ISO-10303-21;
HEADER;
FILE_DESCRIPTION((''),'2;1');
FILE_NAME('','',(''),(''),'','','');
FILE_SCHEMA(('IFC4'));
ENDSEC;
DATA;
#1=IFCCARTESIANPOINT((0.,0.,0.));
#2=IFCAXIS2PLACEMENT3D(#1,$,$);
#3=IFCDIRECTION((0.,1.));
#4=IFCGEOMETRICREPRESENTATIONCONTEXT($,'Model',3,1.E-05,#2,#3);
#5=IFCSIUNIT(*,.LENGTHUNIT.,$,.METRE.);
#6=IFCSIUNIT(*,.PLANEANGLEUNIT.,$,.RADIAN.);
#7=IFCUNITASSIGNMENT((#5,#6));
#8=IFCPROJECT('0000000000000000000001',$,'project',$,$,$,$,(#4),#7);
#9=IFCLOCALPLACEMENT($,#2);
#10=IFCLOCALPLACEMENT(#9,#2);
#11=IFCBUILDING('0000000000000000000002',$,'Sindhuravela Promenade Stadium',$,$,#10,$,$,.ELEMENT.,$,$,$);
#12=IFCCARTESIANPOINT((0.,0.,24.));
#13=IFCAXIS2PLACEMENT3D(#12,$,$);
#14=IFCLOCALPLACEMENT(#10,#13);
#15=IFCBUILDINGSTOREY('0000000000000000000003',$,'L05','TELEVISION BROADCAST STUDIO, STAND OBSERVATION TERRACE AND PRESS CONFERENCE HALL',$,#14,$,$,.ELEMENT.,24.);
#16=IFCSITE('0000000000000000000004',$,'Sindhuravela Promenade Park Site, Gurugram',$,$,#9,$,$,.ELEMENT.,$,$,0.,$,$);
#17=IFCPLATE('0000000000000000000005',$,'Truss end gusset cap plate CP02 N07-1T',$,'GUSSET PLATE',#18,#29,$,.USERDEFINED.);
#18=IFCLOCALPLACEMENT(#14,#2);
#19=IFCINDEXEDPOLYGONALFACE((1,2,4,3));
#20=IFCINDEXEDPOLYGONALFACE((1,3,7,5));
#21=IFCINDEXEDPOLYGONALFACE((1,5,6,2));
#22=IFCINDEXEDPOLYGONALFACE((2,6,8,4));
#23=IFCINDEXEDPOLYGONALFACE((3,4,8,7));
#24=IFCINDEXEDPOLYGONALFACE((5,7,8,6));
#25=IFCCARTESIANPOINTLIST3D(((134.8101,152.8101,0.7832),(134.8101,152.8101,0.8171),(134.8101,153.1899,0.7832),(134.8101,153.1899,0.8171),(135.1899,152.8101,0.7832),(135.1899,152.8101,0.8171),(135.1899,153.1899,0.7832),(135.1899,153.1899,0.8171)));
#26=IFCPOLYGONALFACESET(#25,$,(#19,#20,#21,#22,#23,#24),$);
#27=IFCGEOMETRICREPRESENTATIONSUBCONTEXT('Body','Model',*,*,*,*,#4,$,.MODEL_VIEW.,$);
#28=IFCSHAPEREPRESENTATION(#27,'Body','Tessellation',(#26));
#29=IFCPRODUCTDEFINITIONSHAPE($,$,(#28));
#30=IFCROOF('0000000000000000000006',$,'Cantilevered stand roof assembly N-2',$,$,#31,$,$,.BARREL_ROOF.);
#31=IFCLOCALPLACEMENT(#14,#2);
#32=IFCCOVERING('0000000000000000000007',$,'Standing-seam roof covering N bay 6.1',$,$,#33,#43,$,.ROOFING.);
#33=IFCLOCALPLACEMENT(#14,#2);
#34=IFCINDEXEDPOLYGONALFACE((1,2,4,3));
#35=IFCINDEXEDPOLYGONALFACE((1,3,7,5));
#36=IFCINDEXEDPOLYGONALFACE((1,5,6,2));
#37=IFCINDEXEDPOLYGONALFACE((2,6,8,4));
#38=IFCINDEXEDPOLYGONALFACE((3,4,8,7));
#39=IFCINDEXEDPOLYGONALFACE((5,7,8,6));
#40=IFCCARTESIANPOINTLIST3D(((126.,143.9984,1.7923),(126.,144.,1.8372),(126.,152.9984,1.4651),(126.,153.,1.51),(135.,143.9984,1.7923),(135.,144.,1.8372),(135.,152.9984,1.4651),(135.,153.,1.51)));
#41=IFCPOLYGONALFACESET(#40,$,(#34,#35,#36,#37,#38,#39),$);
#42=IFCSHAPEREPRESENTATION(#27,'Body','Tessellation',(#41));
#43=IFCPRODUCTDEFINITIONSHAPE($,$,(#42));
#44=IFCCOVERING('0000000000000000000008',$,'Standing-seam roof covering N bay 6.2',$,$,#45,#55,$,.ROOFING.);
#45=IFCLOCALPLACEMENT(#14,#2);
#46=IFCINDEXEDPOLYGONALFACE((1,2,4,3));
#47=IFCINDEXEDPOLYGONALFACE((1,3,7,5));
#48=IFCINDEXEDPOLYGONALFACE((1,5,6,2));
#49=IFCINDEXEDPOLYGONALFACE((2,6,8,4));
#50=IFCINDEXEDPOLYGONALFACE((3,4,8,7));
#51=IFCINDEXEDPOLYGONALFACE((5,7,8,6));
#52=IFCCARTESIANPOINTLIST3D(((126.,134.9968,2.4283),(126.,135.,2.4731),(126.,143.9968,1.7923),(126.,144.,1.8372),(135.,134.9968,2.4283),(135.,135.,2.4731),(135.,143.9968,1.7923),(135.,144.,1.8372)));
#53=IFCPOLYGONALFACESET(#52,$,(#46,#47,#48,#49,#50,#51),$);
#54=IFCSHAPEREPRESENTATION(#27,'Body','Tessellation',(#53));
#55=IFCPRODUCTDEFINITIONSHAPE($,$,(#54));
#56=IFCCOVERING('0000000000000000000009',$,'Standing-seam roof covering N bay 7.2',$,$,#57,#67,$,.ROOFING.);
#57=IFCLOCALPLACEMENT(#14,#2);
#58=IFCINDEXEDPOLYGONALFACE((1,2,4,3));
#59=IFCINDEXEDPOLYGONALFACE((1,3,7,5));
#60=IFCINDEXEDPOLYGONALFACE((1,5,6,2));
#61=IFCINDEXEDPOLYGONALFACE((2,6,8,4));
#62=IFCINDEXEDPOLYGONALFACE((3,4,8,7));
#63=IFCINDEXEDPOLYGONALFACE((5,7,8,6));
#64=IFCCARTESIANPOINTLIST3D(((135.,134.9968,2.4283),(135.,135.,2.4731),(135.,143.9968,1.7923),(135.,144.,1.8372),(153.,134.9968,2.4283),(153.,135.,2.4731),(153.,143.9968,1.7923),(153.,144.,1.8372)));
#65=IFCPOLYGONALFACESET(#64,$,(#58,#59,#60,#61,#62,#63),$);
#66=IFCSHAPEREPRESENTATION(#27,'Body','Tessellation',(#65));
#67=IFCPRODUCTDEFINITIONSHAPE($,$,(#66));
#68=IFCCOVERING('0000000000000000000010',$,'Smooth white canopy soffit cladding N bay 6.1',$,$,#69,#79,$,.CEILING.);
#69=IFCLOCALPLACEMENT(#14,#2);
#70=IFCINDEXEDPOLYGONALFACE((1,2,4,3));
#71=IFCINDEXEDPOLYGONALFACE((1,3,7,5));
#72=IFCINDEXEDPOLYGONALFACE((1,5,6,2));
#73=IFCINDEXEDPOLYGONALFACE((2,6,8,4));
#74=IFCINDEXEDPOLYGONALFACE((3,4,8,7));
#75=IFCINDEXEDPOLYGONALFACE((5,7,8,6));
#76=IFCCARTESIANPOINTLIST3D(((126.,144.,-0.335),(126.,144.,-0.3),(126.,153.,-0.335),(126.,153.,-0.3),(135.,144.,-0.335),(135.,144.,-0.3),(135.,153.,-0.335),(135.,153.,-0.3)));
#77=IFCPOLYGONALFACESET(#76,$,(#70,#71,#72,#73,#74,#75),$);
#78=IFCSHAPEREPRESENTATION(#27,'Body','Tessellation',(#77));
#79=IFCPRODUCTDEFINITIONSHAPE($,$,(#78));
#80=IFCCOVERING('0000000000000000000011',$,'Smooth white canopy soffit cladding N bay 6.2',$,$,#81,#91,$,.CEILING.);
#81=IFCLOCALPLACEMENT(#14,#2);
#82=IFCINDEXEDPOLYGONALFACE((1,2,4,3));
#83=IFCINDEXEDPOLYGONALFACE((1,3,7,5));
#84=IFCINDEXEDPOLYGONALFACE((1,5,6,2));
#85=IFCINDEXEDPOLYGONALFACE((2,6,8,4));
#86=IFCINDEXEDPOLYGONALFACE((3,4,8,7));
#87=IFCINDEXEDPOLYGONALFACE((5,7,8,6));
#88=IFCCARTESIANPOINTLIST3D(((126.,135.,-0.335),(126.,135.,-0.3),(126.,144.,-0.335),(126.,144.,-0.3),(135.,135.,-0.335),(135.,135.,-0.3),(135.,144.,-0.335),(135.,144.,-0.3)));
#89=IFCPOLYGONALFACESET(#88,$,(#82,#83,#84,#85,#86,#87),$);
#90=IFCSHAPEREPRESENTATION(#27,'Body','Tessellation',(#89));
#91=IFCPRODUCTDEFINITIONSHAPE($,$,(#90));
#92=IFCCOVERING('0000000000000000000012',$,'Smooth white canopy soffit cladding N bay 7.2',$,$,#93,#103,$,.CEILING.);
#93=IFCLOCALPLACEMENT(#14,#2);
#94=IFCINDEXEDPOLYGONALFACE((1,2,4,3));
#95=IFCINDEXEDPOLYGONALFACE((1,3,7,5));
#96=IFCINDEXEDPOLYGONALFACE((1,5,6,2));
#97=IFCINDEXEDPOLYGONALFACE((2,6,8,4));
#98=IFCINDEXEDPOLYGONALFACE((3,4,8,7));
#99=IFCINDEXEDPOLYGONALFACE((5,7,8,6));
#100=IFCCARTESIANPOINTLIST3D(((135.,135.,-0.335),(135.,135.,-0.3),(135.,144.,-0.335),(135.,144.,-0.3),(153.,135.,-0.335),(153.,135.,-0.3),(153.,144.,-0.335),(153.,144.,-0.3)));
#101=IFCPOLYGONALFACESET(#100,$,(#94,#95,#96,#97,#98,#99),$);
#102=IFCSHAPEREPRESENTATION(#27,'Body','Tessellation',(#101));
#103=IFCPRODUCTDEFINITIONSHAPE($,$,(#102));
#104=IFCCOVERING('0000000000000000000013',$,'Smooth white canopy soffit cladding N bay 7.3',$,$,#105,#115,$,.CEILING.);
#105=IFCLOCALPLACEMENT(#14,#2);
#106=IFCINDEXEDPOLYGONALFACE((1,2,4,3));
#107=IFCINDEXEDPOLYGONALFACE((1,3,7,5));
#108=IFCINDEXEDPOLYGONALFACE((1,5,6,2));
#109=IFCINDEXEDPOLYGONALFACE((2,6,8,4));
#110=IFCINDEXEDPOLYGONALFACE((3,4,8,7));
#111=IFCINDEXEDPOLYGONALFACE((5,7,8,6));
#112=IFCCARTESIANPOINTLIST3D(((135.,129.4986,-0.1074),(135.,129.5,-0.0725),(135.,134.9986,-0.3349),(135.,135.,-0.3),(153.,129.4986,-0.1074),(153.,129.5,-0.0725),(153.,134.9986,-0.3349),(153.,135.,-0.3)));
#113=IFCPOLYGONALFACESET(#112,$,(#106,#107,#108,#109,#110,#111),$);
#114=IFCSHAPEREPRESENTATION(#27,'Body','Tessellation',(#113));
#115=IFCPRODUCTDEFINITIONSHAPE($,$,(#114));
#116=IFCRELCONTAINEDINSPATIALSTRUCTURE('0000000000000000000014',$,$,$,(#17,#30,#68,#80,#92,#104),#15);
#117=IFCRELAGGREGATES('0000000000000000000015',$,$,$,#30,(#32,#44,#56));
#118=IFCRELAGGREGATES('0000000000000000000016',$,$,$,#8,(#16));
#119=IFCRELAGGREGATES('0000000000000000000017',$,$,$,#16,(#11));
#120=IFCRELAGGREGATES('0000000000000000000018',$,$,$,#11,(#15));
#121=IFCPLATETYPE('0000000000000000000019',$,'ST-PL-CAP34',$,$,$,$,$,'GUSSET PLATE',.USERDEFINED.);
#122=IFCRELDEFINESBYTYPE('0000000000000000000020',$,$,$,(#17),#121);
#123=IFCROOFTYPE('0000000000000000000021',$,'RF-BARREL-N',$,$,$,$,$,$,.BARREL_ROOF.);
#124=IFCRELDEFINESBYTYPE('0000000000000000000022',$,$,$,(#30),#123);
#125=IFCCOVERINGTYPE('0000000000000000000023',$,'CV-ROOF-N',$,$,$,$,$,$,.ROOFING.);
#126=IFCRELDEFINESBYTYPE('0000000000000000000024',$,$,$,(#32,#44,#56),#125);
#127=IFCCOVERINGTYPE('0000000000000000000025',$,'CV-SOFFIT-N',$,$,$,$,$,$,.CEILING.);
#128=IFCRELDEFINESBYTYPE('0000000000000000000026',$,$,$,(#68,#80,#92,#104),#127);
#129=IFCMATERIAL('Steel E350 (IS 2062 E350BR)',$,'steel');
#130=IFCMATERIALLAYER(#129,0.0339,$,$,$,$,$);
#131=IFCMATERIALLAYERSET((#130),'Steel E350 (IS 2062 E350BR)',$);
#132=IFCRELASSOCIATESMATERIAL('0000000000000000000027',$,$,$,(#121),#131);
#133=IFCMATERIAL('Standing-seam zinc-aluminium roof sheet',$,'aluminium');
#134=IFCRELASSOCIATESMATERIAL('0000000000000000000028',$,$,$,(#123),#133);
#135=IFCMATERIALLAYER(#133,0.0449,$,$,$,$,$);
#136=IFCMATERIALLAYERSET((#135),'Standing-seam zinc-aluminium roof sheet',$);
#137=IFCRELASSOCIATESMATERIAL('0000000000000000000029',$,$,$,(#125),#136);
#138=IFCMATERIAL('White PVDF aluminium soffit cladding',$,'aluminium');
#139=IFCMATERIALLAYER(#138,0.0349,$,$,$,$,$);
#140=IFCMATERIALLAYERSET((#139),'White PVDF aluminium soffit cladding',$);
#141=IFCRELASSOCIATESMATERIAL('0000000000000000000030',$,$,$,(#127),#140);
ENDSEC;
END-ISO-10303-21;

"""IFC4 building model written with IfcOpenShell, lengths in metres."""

from ifc_helpers import new_model, si_unit, direction, frame, origin, origin_2d, place, context, subcontext, project, spatial, polyline, rectangle, outline, extrude, material, layer, layer_set, type_object, element, aggregate, save


model = new_model("IFC4")

# Units and contexts
model_context = context("Model", 3, precision=1e-05, world=origin(), true_north=direction((0.0, 1.0)))
body_context = subcontext(model_context, "Body", "Model", "MODEL_VIEW")
ifc_project = project(units=[si_unit("LENGTHUNIT", "METRE"), si_unit("PLANEANGLEUNIT", "RADIAN")], contexts=[model_context])

# Site, building, storey
site_placement = place(None, origin())
site = spatial("IfcSite", under=ifc_project, at=site_placement, Name="Sindhuravela Promenade Park Site, Gurugram", CompositionType="ELEMENT", RefElevation=0.0)
building_placement = place(site_placement, origin())
building = spatial("IfcBuilding", under=site, at=building_placement, Name="Sindhuravela Promenade Stadium", CompositionType="ELEMENT")
storey_placement = place(building_placement, frame((0.0, 0.0, 24.0)))
storey = spatial("IfcBuildingStorey", under=building, at=storey_placement, Name="L05", Description="TELEVISION BROADCAST STUDIO, STAND OBSERVATION TERRACE AND PRESS CONFERENCE HALL", CompositionType="ELEMENT", Elevation=24.0)

# Shared definitions
ifc_material_1 = material(Name="Steel E350 (IS 2062 E350BR)", Category="steel")

# Plate
ifc_layer_1 = layer(ifc_material_1, 0.0339)
ifc_layer_set_1 = layer_set([ifc_layer_1], Name="Steel E350 (IS 2062 E350BR)")
plate_type_1 = type_object("IfcPlateType", Name="ST-PL-CAP34", ElementType="GUSSET PLATE", PredefinedType="USERDEFINED", material=ifc_layer_set_1)
for number, where, z_axis, x_axis, name in (
    (1, (135.0, 153.0, 0.7832), (0.0, 0.0, 1.0), (1.0, 0.0, 0.0), "Truss end gusset cap plate CP02 N07-1T"),
):
    element("IfcPlate", number, at=place(storey_placement, frame(where, z_axis=z_axis, x_axis=x_axis)), inside=storey, type_object=plate_type_1, Name=name, ObjectType="GUSSET PLATE", PredefinedType="USERDEFINED", context=body_context, shape_type="SweptSolid", body=[
        extrude(rectangle(XDim=0.3799, YDim=0.3799, at=origin_2d()), origin(), (0.0, 0.0, 1.0), 0.0339),
    ])

# Roof, coverings
ifc_material_2 = material(Name="Standing-seam zinc-aluminium roof sheet", Category="aluminium")
roof_type = type_object("IfcRoofType", Name="RF-BARREL-N", PredefinedType="BARREL_ROOF", material=ifc_material_2)
roof_placement = place(storey_placement, origin())
roof = element("IfcRoof", 2, at=roof_placement, inside=storey, type_object=roof_type, Name="Cantilevered stand roof assembly N-2", PredefinedType="BARREL_ROOF")
ifc_layer_2 = layer(ifc_material_2, 0.0449)
ifc_layer_set_2 = layer_set([ifc_layer_2], Name="Standing-seam zinc-aluminium roof sheet")
covering_type_1 = type_object("IfcCoveringType", Name="CV-ROOF-N", PredefinedType="ROOFING", material=ifc_layer_set_2)
covering_1_placement = place(storey_placement, frame((126.0, 153.0, 1.51), z_axis=(0.0, 0.036326, 0.99934), x_axis=(1.0, 0.0, 0.0)))
covering_1 = element("IfcCovering", 3, at=covering_1_placement, type_object=covering_type_1, Name="Standing-seam roof covering N bay 6.1", PredefinedType="ROOFING", context=body_context, shape_type="SweptSolid", body=[
    extrude(outline(polyline([(0.0, 0.0), (0.0, -9.0059), (9.0, -9.0059), (9.0, 0.0), (0.0, 0.0)])), origin(), (0.0, 0.0, -1.0), 0.0449),
])
covering_2_placement = place(storey_placement, frame((126.0, 144.0, 1.8372), z_axis=(0.0, 0.070489, 0.997513), x_axis=(1.0, 0.0, 0.0)))
covering_2 = element("IfcCovering", 4, at=covering_2_placement, type_object=covering_type_1, Name="Standing-seam roof covering N bay 6.2", PredefinedType="ROOFING", context=body_context, shape_type="SweptSolid", body=[
    extrude(outline(polyline([(0.0, 0.0), (0.0, -9.0224), (9.0, -9.0224), (9.0, 0.0), (0.0, 0.0)])), origin(), (0.0, 0.0, -1.0), 0.0449),
])
covering_3_placement = place(storey_placement, frame((135.0, 144.0, 1.8372), z_axis=(0.0, 0.070489, 0.997513), x_axis=(1.0, 0.0, 0.0)))
covering_3 = element("IfcCovering", 5, at=covering_3_placement, type_object=covering_type_1, Name="Standing-seam roof covering N bay 7.2", PredefinedType="ROOFING", context=body_context, shape_type="SweptSolid", body=[
    extrude(outline(polyline([(0.0, 0.0), (0.0, -9.0224), (18.0, -9.0224), (18.0, 0.0), (0.0, 0.0)])), origin(), (0.0, 0.0, -1.0), 0.0449),
])
aggregate(roof, [covering_1, covering_2, covering_3])

# Coverings
ifc_material_3 = material(Name="White PVDF aluminium soffit cladding", Category="aluminium")
ifc_layer_3 = layer(ifc_material_3, 0.0349)
ifc_layer_set_3 = layer_set([ifc_layer_3], Name="White PVDF aluminium soffit cladding")
covering_type_2 = type_object("IfcCoveringType", Name="CV-SOFFIT-N", PredefinedType="CEILING", material=ifc_layer_set_3)
for number, where, z_axis, x_axis, name in (
    (6, (126.0, 153.0, -0.3), (0.0, 0.0, 1.0), (1.0, 0.0, 0.0), "Smooth white canopy soffit cladding N bay 6.1"),
    (7, (126.0, 144.0, -0.3), (0.0, 0.0, 1.0), (1.0, 0.0, 0.0), "Smooth white canopy soffit cladding N bay 6.2"),
):
    element("IfcCovering", number, at=place(storey_placement, frame(where, z_axis=z_axis, x_axis=x_axis)), inside=storey, type_object=covering_type_2, Name=name, PredefinedType="CEILING", context=body_context, shape_type="SweptSolid", body=[
        extrude(outline(polyline([(0.0, 0.0), (0.0, -9.0), (9.0, -9.0), (9.0, 0.0), (0.0, 0.0)])), origin(), (0.0, 0.0, -1.0), 0.0349),
    ])
covering_4_placement = place(storey_placement, frame((135.0, 144.0, -0.3), z_axis=(0.0, 0.0, 1.0), x_axis=(1.0, 0.0, 0.0)))
element("IfcCovering", 8, at=covering_4_placement, inside=storey, type_object=covering_type_2, Name="Smooth white canopy soffit cladding N bay 7.2", PredefinedType="CEILING", context=body_context, shape_type="SweptSolid", body=[
    extrude(outline(polyline([(0.0, 0.0), (0.0, -9.0), (18.0, -9.0), (18.0, 0.0), (0.0, 0.0)])), origin(), (0.0, 0.0, -1.0), 0.0349),
])
covering_5_placement = place(storey_placement, frame((135.0, 135.0, -0.3), z_axis=(0.0, 0.041335, 0.999145), x_axis=(1.0, 0.0, 0.0)))
element("IfcCovering", 9, at=covering_5_placement, inside=storey, type_object=covering_type_2, Name="Smooth white canopy soffit cladding N bay 7.3", PredefinedType="CEILING", context=body_context, shape_type="SweptSolid", body=[
    extrude(outline(polyline([(0.0, 0.0), (0.0, -5.5047), (18.0, -5.5047), (18.0, 0.0), (0.0, 0.0)])), origin(), (0.0, 0.0, -1.0), 0.0349),
])

save(model, "model.ifc")
